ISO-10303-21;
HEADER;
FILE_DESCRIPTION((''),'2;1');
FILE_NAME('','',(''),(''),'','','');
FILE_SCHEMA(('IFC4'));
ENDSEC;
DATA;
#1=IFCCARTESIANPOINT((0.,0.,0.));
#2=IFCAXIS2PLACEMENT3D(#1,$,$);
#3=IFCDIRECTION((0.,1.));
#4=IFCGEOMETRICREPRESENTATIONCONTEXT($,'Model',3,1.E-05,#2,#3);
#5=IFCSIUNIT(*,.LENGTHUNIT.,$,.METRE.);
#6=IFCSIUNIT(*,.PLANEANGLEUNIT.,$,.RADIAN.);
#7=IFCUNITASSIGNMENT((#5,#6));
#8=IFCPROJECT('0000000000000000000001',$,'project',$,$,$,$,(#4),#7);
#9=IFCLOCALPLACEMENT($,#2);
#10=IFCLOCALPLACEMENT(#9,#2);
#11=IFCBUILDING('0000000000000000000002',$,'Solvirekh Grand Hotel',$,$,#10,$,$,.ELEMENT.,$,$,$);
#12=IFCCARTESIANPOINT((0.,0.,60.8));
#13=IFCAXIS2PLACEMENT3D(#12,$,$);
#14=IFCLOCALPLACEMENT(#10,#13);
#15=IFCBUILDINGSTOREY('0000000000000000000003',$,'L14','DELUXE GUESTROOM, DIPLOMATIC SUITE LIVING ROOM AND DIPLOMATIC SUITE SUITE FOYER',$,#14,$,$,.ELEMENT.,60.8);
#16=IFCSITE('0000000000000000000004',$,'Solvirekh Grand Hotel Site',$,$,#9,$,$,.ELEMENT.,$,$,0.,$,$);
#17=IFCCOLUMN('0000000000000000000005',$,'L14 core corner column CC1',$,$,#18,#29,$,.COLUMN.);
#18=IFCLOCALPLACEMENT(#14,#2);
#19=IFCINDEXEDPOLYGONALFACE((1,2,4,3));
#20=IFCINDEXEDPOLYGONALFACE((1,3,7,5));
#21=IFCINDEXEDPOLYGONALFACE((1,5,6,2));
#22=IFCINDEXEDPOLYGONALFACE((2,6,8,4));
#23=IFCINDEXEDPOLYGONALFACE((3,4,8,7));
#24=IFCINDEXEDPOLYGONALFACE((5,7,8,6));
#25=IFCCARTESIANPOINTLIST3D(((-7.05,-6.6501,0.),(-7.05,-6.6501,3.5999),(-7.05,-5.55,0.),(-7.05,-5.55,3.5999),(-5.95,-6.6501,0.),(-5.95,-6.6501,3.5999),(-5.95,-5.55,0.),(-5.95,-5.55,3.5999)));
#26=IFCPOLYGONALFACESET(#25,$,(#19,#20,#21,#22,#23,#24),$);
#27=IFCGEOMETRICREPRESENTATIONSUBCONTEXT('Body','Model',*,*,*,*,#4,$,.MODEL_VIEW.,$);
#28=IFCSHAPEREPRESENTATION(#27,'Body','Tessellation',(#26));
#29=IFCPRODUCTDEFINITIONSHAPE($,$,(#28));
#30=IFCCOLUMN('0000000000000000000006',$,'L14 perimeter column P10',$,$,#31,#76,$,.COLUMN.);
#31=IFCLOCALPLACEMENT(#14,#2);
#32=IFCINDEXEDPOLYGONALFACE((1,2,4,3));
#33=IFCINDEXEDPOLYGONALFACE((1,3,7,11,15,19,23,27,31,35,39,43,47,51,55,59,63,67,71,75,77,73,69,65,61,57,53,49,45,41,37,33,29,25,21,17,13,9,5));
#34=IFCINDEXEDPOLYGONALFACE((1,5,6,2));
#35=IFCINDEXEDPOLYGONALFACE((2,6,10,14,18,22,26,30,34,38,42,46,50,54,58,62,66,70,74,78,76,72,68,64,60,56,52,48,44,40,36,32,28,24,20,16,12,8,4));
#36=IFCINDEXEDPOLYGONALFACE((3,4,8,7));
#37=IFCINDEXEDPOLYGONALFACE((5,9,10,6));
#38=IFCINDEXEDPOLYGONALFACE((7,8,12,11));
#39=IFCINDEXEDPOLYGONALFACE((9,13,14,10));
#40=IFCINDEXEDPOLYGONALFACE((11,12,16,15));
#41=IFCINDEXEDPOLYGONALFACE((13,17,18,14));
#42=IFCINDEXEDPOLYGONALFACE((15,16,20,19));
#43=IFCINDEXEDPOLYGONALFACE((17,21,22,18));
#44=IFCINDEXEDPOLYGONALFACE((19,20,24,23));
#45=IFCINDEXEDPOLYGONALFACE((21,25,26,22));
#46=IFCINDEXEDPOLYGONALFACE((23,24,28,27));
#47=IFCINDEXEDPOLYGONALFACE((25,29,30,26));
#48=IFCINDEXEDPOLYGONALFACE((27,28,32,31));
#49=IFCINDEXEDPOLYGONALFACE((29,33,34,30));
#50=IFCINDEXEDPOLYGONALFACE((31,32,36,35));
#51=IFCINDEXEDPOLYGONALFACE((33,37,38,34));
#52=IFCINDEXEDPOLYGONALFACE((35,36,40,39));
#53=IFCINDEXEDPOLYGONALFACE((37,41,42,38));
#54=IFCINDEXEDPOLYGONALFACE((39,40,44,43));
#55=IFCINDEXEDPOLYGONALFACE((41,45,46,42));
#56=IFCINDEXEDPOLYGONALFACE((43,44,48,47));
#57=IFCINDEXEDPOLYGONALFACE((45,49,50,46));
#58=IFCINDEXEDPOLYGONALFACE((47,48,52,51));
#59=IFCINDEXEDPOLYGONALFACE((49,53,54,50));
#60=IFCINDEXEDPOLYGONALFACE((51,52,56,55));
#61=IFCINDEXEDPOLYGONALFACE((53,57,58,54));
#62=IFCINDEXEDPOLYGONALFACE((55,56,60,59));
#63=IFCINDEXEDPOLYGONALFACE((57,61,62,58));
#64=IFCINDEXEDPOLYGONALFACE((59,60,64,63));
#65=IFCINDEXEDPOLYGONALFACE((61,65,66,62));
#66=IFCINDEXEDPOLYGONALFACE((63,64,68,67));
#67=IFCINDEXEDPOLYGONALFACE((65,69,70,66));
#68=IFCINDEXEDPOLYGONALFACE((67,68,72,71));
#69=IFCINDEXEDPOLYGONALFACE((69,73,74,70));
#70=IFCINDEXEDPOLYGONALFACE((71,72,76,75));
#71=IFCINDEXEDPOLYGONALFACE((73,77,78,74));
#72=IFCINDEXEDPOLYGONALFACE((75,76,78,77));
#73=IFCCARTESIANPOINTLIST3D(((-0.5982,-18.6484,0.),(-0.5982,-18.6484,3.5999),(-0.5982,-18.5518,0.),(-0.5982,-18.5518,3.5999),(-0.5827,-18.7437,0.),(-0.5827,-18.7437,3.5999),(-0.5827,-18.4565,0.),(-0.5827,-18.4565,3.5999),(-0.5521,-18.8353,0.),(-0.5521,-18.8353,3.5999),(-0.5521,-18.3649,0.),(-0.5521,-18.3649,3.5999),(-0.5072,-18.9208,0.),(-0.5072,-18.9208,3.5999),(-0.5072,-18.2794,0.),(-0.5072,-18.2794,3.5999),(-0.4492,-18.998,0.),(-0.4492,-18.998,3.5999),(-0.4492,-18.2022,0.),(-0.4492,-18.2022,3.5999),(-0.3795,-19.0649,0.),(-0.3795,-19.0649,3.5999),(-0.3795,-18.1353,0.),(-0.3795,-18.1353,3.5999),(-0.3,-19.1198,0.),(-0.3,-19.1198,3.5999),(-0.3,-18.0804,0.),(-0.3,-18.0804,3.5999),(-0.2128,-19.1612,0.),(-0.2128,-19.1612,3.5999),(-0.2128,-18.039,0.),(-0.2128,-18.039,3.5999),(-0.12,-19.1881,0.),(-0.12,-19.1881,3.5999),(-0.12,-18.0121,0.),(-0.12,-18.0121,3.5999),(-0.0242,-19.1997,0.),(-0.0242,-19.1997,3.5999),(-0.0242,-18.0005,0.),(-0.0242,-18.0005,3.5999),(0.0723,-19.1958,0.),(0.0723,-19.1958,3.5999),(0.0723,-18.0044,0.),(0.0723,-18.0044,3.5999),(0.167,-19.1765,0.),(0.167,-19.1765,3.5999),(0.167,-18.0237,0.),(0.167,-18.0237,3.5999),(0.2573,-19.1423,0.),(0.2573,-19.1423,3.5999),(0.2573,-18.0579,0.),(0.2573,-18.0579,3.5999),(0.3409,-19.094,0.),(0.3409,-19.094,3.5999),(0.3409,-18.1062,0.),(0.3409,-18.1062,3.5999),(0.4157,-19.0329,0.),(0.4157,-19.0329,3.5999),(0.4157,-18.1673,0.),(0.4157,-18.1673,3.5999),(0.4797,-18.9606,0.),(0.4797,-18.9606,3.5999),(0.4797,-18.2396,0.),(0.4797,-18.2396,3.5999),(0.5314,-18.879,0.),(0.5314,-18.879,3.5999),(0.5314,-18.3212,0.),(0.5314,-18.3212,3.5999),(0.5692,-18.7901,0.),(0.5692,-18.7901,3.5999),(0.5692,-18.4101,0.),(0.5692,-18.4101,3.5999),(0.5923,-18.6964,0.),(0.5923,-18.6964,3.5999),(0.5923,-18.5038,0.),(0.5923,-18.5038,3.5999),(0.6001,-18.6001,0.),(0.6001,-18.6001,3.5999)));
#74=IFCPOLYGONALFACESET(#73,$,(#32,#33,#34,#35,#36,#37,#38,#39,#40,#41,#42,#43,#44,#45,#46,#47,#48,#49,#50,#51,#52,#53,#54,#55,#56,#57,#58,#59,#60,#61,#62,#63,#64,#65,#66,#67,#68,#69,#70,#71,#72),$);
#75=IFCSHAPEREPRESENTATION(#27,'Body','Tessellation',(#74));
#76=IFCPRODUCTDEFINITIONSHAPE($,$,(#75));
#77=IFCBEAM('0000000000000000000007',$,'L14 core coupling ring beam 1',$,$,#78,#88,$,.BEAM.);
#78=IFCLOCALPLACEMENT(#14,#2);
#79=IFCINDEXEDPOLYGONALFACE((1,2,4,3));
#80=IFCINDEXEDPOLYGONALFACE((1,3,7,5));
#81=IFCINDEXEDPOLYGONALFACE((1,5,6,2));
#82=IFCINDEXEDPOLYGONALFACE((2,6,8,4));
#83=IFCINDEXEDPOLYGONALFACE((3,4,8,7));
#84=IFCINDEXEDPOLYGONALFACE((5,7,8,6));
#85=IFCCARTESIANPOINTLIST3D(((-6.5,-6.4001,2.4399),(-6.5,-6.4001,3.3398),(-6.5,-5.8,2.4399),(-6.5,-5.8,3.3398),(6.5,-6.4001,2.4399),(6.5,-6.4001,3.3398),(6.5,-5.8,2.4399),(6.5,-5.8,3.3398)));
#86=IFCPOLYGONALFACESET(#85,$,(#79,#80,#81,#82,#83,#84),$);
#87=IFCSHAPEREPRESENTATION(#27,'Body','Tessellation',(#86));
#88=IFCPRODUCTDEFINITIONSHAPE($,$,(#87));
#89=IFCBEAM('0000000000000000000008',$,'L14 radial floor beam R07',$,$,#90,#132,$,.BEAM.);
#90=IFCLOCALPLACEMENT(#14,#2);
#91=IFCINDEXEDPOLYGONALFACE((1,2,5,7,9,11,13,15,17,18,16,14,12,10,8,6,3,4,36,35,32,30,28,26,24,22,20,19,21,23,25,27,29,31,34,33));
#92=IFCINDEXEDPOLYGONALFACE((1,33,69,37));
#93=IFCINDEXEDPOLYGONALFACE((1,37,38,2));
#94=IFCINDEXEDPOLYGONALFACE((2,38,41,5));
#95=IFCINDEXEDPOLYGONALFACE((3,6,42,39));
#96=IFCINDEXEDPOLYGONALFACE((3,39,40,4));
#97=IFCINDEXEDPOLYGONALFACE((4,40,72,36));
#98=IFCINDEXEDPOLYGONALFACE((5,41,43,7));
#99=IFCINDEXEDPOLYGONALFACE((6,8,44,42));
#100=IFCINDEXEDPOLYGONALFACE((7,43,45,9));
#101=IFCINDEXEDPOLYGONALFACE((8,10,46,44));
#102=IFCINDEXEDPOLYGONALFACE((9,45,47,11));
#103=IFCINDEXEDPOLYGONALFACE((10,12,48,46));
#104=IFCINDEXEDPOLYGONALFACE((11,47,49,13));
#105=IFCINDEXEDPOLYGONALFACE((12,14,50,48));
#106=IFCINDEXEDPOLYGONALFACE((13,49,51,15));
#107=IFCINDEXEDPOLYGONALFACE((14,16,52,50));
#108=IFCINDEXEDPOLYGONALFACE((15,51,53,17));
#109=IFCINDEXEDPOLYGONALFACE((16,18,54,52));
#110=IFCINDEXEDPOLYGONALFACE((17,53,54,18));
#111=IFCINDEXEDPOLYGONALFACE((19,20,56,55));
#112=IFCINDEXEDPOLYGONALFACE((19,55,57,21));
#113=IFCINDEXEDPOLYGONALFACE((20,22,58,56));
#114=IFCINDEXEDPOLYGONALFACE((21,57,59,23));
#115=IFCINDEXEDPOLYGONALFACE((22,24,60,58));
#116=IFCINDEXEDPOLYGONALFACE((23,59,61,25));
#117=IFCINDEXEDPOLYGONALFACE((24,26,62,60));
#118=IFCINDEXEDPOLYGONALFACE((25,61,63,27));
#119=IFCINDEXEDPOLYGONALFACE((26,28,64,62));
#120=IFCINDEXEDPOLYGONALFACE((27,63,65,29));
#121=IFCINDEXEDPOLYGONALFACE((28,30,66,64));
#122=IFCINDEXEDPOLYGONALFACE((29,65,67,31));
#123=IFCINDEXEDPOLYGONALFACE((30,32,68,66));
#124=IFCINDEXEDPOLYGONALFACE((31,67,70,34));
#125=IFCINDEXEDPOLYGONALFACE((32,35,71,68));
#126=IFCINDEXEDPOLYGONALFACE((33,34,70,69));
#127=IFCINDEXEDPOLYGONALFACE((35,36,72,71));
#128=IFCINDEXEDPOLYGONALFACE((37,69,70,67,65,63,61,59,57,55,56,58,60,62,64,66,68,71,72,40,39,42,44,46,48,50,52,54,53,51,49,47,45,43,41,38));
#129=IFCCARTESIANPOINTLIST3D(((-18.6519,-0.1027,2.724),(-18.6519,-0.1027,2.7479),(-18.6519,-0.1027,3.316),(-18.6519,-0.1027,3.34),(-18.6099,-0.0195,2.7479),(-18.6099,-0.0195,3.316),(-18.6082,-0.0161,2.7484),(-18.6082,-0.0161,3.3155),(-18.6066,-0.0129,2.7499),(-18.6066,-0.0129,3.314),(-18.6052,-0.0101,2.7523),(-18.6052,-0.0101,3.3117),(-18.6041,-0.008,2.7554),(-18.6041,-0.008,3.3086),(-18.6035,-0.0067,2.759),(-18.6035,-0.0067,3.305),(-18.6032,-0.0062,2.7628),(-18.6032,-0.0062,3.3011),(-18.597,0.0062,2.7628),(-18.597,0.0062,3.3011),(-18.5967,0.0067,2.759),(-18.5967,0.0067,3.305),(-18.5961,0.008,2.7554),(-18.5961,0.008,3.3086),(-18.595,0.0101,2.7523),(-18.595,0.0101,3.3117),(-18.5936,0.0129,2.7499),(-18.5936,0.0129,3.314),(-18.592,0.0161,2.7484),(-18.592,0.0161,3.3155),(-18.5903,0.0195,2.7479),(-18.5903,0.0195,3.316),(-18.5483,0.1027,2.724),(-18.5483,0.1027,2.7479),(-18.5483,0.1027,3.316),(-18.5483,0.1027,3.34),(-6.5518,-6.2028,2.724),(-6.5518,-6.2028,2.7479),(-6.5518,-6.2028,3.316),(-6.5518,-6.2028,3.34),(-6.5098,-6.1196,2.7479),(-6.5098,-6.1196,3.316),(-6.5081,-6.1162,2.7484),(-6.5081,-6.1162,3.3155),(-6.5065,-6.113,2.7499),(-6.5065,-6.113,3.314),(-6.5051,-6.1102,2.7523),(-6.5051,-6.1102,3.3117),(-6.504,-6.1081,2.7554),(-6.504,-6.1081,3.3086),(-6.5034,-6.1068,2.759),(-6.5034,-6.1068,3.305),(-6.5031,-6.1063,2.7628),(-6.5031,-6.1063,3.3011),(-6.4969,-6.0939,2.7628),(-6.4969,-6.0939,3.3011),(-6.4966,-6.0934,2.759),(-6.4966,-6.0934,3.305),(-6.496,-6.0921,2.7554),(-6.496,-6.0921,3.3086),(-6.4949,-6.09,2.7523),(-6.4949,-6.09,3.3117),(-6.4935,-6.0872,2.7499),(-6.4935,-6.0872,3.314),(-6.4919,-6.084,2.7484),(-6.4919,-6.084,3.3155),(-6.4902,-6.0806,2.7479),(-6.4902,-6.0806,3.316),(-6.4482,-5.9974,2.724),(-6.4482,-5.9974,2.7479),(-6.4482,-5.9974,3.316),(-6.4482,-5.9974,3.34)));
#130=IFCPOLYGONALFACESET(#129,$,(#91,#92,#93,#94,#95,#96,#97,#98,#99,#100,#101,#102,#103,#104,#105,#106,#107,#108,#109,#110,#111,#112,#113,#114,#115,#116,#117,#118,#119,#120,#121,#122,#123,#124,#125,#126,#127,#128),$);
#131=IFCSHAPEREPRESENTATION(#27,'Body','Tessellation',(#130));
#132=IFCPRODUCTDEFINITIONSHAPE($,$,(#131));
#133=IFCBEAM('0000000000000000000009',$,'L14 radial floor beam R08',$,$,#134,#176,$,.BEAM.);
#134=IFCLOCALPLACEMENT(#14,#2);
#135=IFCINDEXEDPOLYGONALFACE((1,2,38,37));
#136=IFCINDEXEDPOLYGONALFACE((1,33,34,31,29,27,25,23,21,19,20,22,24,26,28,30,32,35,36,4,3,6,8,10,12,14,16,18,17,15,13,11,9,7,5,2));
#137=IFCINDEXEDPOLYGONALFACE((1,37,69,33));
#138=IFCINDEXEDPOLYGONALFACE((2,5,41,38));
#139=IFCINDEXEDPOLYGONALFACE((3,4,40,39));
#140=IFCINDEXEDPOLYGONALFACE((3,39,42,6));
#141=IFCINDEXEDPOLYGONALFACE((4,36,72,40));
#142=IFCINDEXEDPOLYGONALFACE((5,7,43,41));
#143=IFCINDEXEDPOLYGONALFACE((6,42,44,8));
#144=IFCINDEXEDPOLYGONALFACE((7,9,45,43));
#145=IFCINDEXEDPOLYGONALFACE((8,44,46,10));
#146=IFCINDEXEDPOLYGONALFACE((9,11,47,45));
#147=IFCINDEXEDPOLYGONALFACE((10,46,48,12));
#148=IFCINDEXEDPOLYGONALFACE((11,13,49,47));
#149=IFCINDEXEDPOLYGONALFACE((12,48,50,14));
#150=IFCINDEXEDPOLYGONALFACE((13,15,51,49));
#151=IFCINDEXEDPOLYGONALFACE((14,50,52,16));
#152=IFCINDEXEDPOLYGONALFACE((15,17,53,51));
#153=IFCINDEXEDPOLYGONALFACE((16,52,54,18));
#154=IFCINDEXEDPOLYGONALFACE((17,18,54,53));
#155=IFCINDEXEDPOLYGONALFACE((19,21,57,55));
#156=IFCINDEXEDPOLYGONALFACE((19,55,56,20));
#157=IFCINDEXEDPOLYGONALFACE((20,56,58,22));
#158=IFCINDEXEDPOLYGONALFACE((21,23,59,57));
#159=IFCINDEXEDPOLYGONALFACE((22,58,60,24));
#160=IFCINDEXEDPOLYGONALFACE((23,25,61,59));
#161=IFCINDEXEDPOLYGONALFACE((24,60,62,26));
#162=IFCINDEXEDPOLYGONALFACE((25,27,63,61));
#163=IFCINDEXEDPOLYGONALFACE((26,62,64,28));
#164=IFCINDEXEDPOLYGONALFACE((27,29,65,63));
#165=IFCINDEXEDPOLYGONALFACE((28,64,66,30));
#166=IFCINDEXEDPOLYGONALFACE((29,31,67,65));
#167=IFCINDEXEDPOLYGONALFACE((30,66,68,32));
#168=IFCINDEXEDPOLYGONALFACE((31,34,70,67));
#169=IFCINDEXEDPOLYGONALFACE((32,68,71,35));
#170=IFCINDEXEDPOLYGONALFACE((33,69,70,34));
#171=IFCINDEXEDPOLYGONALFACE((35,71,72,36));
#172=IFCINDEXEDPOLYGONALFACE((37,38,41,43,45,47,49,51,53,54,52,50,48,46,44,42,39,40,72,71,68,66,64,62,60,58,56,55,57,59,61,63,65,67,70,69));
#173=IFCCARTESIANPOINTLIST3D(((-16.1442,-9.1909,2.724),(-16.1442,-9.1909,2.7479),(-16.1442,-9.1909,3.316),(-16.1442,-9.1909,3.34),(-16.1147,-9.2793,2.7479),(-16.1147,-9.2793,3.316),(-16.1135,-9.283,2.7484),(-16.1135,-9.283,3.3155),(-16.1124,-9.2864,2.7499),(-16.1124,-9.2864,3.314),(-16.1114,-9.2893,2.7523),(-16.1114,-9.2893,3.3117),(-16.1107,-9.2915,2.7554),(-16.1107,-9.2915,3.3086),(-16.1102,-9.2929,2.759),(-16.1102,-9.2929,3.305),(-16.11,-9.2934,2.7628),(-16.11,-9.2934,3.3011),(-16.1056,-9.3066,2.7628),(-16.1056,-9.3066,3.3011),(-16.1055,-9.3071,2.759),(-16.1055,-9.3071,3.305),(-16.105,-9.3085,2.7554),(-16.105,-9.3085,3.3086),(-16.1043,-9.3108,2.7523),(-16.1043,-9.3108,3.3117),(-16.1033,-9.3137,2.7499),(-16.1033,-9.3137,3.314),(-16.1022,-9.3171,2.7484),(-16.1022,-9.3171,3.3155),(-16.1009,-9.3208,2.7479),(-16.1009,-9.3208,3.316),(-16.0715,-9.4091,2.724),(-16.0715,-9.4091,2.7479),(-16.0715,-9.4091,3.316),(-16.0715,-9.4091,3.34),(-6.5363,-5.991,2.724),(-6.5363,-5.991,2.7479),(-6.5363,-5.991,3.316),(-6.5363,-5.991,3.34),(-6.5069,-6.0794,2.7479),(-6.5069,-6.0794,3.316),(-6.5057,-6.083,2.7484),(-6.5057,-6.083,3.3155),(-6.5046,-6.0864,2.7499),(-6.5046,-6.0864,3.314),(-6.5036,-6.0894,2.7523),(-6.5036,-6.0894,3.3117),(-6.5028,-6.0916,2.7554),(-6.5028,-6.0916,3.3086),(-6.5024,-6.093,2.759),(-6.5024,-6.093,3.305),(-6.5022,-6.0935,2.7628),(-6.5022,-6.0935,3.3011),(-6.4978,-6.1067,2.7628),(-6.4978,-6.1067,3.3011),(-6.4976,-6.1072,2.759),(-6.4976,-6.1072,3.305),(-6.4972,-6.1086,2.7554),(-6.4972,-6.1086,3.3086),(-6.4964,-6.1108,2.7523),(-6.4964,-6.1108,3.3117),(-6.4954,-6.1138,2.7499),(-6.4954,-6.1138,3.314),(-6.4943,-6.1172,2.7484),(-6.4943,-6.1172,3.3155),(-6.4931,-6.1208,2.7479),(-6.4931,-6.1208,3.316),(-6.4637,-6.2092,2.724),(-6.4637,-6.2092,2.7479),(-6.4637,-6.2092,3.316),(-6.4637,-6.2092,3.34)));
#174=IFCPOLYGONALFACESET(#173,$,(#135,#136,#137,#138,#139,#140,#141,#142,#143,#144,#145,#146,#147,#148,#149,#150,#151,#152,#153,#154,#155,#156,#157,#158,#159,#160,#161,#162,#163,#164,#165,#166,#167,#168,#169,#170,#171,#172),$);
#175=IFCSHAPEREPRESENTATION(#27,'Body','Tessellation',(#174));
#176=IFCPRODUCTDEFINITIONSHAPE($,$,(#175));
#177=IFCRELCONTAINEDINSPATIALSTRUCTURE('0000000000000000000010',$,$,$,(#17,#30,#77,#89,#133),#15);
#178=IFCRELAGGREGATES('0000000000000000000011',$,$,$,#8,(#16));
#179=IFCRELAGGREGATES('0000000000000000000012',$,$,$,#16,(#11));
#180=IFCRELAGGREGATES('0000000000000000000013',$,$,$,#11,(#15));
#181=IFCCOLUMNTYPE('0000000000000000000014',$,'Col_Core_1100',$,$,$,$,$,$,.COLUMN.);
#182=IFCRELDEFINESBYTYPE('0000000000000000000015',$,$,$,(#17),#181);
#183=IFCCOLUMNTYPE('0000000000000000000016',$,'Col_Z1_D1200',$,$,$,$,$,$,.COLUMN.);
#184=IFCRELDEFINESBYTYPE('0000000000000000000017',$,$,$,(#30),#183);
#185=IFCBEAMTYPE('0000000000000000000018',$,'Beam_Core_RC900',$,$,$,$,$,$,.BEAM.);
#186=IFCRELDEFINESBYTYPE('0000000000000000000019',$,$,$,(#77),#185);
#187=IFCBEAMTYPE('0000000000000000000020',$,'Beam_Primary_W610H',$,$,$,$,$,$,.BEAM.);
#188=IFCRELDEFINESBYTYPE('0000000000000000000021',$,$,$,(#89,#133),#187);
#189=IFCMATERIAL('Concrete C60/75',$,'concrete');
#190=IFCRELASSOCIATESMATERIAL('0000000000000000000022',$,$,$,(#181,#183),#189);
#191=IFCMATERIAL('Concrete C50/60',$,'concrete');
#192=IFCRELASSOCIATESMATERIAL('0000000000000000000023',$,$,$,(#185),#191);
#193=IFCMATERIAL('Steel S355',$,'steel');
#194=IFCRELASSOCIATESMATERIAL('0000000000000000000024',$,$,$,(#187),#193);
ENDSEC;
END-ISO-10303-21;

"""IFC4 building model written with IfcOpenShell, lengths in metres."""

from ifc_helpers import new_model, si_unit, direction, frame, origin, origin_2d, place, context, subcontext, project, spatial, rectangle, circle, i_section, extrude, material, material_profile, profile_set, type_object, element, save


model = new_model("IFC4")

# Units and contexts
model_context = context("Model", 3, precision=1e-05, world=origin(), true_north=direction((0.0, 1.0)))
body_context = subcontext(model_context, "Body", "Model", "MODEL_VIEW")
ifc_project = project(units=[si_unit("LENGTHUNIT", "METRE"), si_unit("PLANEANGLEUNIT", "RADIAN")], contexts=[model_context])

# Site, building, storey
site_placement = place(None, origin())
site = spatial("IfcSite", under=ifc_project, at=site_placement, Name="Solvirekh Grand Hotel Site", CompositionType="ELEMENT", RefElevation=0.0)
building_placement = place(site_placement, origin())
building = spatial("IfcBuilding", under=site, at=building_placement, Name="Solvirekh Grand Hotel", CompositionType="ELEMENT")
storey_placement = place(building_placement, frame((0.0, 0.0, 60.8)))
storey = spatial("IfcBuildingStorey", under=building, at=storey_placement, Name="L14", Description="DELUXE GUESTROOM, DIPLOMATIC SUITE LIVING ROOM AND DIPLOMATIC SUITE SUITE FOYER", CompositionType="ELEMENT", Elevation=60.8)

# Columns
ifc_material_1 = material(Name="Concrete C60/75", Category="concrete")
ifc_material_profile_1 = material_profile(ifc_material_1, rectangle(XDim=1.1001, YDim=1.1001, at=origin_2d()), Name="RC 1100X1100")
ifc_profile_set_1 = profile_set([ifc_material_profile_1], Name="Concrete C60/75")
column_type_1 = type_object("IfcColumnType", Name="Col_Core_1100", PredefinedType="COLUMN", material=ifc_profile_set_1)
column_1_placement = place(storey_placement, frame((-6.5, -6.1001, 0.0), z_axis=(0.0, 0.0, 1.0), x_axis=(1.0, 0.0, 0.0)))
element("IfcColumn", 1, at=column_1_placement, inside=storey, type_object=column_type_1, Name="L14 core corner column CC1", PredefinedType="COLUMN", context=body_context, shape_type="SweptSolid", body=[
    extrude(rectangle(XDim=1.1001, YDim=1.1001, at=origin_2d()), origin(), (0.0, 0.0, 1.0), 3.5999),
])
ifc_material_profile_2 = material_profile(ifc_material_1, circle(Radius=0.6001, at=origin_2d()), Name="RC CIRC D1200")
ifc_profile_set_2 = profile_set([ifc_material_profile_2], Name="Concrete C60/75")
column_type_2 = type_object("IfcColumnType", Name="Col_Z1_D1200", PredefinedType="COLUMN", material=ifc_profile_set_2)
column_2_placement = place(storey_placement, frame((0.0, -18.6001, 0.0), z_axis=(0.0, 0.0, 1.0), x_axis=(1.0, 0.0, 0.0)))
element("IfcColumn", 2, at=column_2_placement, inside=storey, type_object=column_type_2, Name="L14 perimeter column P10", PredefinedType="COLUMN", context=body_context, shape_type="SweptSolid", body=[
    extrude(circle(Radius=0.6001, at=origin_2d()), origin(), (0.0, 0.0, 1.0), 3.5999),
])

# Beams
ifc_material_2 = material(Name="Concrete C50/60", Category="concrete")
ifc_material_profile_3 = material_profile(ifc_material_2, rectangle(XDim=0.6001, YDim=0.8999, at=origin_2d()), Name="RC BEAM 600X900")
ifc_profile_set_3 = profile_set([ifc_material_profile_3], Name="Concrete C50/60")
beam_type_1 = type_object("IfcBeamType", Name="Beam_Core_RC900", PredefinedType="BEAM", material=ifc_profile_set_3)
beam_1_placement = place(storey_placement, frame((-6.5, -6.1001, 2.8899), z_axis=(1.0, 0.0, 0.0), x_axis=(0.0, 1.0, 0.0)))
element("IfcBeam", 3, at=beam_1_placement, inside=storey, type_object=beam_type_1, Name="L14 core coupling ring beam 1", PredefinedType="BEAM", context=body_context, shape_type="SweptSolid", body=[
    extrude(rectangle(XDim=0.6001, YDim=0.8999, at=origin_2d()), origin(), (0.0, 0.0, 1.0), 13.0),
])
ifc_material_3 = material(Name="Steel S355", Category="steel")
ifc_material_profile_4 = material_profile(ifc_material_3, i_section(OverallWidth=0.23, OverallDepth=0.616, WebThickness=0.0139, FlangeThickness=0.0239, FilletRadius=0.0149, at=origin_2d()), Name="W610X174")
ifc_profile_set_4 = profile_set([ifc_material_profile_4], Name="Steel S355")
beam_type_2 = type_object("IfcBeamType", Name="Beam_Primary_W610H", PredefinedType="BEAM", material=ifc_profile_set_4)
beam_2_placement = place(storey_placement, frame((-6.5, -6.1001, 3.032), z_axis=(-0.892945, 0.450166, 0.0), x_axis=(-0.450166, -0.892945, 0.0)))
element("IfcBeam", 4, at=beam_2_placement, inside=storey, type_object=beam_type_2, Name="L14 radial floor beam R07", PredefinedType="BEAM", context=body_context, shape_type="SweptSolid", body=[
    extrude(i_section(OverallWidth=0.23, OverallDepth=0.616, WebThickness=0.0139, FlangeThickness=0.0239, FilletRadius=0.0149, at=origin_2d()), origin(), (0.0, 0.0, 1.0), 13.5508),
])
beam_3_placement = place(storey_placement, frame((-6.5, -6.1001, 3.032), z_axis=(-0.948763, -0.315989, 0.0), x_axis=(0.315989, -0.948763, 0.0)))
element("IfcBeam", 5, at=beam_3_placement, inside=storey, type_object=beam_type_2, Name="L14 radial floor beam R08", PredefinedType="BEAM", context=body_context, shape_type="SweptSolid", body=[
    extrude(i_section(OverallWidth=0.23, OverallDepth=0.616, WebThickness=0.0139, FlangeThickness=0.0239, FilletRadius=0.0149, at=origin_2d()), origin(), (0.0, 0.0, 1.0), 10.1267),
])

save(model, "model.ifc")
